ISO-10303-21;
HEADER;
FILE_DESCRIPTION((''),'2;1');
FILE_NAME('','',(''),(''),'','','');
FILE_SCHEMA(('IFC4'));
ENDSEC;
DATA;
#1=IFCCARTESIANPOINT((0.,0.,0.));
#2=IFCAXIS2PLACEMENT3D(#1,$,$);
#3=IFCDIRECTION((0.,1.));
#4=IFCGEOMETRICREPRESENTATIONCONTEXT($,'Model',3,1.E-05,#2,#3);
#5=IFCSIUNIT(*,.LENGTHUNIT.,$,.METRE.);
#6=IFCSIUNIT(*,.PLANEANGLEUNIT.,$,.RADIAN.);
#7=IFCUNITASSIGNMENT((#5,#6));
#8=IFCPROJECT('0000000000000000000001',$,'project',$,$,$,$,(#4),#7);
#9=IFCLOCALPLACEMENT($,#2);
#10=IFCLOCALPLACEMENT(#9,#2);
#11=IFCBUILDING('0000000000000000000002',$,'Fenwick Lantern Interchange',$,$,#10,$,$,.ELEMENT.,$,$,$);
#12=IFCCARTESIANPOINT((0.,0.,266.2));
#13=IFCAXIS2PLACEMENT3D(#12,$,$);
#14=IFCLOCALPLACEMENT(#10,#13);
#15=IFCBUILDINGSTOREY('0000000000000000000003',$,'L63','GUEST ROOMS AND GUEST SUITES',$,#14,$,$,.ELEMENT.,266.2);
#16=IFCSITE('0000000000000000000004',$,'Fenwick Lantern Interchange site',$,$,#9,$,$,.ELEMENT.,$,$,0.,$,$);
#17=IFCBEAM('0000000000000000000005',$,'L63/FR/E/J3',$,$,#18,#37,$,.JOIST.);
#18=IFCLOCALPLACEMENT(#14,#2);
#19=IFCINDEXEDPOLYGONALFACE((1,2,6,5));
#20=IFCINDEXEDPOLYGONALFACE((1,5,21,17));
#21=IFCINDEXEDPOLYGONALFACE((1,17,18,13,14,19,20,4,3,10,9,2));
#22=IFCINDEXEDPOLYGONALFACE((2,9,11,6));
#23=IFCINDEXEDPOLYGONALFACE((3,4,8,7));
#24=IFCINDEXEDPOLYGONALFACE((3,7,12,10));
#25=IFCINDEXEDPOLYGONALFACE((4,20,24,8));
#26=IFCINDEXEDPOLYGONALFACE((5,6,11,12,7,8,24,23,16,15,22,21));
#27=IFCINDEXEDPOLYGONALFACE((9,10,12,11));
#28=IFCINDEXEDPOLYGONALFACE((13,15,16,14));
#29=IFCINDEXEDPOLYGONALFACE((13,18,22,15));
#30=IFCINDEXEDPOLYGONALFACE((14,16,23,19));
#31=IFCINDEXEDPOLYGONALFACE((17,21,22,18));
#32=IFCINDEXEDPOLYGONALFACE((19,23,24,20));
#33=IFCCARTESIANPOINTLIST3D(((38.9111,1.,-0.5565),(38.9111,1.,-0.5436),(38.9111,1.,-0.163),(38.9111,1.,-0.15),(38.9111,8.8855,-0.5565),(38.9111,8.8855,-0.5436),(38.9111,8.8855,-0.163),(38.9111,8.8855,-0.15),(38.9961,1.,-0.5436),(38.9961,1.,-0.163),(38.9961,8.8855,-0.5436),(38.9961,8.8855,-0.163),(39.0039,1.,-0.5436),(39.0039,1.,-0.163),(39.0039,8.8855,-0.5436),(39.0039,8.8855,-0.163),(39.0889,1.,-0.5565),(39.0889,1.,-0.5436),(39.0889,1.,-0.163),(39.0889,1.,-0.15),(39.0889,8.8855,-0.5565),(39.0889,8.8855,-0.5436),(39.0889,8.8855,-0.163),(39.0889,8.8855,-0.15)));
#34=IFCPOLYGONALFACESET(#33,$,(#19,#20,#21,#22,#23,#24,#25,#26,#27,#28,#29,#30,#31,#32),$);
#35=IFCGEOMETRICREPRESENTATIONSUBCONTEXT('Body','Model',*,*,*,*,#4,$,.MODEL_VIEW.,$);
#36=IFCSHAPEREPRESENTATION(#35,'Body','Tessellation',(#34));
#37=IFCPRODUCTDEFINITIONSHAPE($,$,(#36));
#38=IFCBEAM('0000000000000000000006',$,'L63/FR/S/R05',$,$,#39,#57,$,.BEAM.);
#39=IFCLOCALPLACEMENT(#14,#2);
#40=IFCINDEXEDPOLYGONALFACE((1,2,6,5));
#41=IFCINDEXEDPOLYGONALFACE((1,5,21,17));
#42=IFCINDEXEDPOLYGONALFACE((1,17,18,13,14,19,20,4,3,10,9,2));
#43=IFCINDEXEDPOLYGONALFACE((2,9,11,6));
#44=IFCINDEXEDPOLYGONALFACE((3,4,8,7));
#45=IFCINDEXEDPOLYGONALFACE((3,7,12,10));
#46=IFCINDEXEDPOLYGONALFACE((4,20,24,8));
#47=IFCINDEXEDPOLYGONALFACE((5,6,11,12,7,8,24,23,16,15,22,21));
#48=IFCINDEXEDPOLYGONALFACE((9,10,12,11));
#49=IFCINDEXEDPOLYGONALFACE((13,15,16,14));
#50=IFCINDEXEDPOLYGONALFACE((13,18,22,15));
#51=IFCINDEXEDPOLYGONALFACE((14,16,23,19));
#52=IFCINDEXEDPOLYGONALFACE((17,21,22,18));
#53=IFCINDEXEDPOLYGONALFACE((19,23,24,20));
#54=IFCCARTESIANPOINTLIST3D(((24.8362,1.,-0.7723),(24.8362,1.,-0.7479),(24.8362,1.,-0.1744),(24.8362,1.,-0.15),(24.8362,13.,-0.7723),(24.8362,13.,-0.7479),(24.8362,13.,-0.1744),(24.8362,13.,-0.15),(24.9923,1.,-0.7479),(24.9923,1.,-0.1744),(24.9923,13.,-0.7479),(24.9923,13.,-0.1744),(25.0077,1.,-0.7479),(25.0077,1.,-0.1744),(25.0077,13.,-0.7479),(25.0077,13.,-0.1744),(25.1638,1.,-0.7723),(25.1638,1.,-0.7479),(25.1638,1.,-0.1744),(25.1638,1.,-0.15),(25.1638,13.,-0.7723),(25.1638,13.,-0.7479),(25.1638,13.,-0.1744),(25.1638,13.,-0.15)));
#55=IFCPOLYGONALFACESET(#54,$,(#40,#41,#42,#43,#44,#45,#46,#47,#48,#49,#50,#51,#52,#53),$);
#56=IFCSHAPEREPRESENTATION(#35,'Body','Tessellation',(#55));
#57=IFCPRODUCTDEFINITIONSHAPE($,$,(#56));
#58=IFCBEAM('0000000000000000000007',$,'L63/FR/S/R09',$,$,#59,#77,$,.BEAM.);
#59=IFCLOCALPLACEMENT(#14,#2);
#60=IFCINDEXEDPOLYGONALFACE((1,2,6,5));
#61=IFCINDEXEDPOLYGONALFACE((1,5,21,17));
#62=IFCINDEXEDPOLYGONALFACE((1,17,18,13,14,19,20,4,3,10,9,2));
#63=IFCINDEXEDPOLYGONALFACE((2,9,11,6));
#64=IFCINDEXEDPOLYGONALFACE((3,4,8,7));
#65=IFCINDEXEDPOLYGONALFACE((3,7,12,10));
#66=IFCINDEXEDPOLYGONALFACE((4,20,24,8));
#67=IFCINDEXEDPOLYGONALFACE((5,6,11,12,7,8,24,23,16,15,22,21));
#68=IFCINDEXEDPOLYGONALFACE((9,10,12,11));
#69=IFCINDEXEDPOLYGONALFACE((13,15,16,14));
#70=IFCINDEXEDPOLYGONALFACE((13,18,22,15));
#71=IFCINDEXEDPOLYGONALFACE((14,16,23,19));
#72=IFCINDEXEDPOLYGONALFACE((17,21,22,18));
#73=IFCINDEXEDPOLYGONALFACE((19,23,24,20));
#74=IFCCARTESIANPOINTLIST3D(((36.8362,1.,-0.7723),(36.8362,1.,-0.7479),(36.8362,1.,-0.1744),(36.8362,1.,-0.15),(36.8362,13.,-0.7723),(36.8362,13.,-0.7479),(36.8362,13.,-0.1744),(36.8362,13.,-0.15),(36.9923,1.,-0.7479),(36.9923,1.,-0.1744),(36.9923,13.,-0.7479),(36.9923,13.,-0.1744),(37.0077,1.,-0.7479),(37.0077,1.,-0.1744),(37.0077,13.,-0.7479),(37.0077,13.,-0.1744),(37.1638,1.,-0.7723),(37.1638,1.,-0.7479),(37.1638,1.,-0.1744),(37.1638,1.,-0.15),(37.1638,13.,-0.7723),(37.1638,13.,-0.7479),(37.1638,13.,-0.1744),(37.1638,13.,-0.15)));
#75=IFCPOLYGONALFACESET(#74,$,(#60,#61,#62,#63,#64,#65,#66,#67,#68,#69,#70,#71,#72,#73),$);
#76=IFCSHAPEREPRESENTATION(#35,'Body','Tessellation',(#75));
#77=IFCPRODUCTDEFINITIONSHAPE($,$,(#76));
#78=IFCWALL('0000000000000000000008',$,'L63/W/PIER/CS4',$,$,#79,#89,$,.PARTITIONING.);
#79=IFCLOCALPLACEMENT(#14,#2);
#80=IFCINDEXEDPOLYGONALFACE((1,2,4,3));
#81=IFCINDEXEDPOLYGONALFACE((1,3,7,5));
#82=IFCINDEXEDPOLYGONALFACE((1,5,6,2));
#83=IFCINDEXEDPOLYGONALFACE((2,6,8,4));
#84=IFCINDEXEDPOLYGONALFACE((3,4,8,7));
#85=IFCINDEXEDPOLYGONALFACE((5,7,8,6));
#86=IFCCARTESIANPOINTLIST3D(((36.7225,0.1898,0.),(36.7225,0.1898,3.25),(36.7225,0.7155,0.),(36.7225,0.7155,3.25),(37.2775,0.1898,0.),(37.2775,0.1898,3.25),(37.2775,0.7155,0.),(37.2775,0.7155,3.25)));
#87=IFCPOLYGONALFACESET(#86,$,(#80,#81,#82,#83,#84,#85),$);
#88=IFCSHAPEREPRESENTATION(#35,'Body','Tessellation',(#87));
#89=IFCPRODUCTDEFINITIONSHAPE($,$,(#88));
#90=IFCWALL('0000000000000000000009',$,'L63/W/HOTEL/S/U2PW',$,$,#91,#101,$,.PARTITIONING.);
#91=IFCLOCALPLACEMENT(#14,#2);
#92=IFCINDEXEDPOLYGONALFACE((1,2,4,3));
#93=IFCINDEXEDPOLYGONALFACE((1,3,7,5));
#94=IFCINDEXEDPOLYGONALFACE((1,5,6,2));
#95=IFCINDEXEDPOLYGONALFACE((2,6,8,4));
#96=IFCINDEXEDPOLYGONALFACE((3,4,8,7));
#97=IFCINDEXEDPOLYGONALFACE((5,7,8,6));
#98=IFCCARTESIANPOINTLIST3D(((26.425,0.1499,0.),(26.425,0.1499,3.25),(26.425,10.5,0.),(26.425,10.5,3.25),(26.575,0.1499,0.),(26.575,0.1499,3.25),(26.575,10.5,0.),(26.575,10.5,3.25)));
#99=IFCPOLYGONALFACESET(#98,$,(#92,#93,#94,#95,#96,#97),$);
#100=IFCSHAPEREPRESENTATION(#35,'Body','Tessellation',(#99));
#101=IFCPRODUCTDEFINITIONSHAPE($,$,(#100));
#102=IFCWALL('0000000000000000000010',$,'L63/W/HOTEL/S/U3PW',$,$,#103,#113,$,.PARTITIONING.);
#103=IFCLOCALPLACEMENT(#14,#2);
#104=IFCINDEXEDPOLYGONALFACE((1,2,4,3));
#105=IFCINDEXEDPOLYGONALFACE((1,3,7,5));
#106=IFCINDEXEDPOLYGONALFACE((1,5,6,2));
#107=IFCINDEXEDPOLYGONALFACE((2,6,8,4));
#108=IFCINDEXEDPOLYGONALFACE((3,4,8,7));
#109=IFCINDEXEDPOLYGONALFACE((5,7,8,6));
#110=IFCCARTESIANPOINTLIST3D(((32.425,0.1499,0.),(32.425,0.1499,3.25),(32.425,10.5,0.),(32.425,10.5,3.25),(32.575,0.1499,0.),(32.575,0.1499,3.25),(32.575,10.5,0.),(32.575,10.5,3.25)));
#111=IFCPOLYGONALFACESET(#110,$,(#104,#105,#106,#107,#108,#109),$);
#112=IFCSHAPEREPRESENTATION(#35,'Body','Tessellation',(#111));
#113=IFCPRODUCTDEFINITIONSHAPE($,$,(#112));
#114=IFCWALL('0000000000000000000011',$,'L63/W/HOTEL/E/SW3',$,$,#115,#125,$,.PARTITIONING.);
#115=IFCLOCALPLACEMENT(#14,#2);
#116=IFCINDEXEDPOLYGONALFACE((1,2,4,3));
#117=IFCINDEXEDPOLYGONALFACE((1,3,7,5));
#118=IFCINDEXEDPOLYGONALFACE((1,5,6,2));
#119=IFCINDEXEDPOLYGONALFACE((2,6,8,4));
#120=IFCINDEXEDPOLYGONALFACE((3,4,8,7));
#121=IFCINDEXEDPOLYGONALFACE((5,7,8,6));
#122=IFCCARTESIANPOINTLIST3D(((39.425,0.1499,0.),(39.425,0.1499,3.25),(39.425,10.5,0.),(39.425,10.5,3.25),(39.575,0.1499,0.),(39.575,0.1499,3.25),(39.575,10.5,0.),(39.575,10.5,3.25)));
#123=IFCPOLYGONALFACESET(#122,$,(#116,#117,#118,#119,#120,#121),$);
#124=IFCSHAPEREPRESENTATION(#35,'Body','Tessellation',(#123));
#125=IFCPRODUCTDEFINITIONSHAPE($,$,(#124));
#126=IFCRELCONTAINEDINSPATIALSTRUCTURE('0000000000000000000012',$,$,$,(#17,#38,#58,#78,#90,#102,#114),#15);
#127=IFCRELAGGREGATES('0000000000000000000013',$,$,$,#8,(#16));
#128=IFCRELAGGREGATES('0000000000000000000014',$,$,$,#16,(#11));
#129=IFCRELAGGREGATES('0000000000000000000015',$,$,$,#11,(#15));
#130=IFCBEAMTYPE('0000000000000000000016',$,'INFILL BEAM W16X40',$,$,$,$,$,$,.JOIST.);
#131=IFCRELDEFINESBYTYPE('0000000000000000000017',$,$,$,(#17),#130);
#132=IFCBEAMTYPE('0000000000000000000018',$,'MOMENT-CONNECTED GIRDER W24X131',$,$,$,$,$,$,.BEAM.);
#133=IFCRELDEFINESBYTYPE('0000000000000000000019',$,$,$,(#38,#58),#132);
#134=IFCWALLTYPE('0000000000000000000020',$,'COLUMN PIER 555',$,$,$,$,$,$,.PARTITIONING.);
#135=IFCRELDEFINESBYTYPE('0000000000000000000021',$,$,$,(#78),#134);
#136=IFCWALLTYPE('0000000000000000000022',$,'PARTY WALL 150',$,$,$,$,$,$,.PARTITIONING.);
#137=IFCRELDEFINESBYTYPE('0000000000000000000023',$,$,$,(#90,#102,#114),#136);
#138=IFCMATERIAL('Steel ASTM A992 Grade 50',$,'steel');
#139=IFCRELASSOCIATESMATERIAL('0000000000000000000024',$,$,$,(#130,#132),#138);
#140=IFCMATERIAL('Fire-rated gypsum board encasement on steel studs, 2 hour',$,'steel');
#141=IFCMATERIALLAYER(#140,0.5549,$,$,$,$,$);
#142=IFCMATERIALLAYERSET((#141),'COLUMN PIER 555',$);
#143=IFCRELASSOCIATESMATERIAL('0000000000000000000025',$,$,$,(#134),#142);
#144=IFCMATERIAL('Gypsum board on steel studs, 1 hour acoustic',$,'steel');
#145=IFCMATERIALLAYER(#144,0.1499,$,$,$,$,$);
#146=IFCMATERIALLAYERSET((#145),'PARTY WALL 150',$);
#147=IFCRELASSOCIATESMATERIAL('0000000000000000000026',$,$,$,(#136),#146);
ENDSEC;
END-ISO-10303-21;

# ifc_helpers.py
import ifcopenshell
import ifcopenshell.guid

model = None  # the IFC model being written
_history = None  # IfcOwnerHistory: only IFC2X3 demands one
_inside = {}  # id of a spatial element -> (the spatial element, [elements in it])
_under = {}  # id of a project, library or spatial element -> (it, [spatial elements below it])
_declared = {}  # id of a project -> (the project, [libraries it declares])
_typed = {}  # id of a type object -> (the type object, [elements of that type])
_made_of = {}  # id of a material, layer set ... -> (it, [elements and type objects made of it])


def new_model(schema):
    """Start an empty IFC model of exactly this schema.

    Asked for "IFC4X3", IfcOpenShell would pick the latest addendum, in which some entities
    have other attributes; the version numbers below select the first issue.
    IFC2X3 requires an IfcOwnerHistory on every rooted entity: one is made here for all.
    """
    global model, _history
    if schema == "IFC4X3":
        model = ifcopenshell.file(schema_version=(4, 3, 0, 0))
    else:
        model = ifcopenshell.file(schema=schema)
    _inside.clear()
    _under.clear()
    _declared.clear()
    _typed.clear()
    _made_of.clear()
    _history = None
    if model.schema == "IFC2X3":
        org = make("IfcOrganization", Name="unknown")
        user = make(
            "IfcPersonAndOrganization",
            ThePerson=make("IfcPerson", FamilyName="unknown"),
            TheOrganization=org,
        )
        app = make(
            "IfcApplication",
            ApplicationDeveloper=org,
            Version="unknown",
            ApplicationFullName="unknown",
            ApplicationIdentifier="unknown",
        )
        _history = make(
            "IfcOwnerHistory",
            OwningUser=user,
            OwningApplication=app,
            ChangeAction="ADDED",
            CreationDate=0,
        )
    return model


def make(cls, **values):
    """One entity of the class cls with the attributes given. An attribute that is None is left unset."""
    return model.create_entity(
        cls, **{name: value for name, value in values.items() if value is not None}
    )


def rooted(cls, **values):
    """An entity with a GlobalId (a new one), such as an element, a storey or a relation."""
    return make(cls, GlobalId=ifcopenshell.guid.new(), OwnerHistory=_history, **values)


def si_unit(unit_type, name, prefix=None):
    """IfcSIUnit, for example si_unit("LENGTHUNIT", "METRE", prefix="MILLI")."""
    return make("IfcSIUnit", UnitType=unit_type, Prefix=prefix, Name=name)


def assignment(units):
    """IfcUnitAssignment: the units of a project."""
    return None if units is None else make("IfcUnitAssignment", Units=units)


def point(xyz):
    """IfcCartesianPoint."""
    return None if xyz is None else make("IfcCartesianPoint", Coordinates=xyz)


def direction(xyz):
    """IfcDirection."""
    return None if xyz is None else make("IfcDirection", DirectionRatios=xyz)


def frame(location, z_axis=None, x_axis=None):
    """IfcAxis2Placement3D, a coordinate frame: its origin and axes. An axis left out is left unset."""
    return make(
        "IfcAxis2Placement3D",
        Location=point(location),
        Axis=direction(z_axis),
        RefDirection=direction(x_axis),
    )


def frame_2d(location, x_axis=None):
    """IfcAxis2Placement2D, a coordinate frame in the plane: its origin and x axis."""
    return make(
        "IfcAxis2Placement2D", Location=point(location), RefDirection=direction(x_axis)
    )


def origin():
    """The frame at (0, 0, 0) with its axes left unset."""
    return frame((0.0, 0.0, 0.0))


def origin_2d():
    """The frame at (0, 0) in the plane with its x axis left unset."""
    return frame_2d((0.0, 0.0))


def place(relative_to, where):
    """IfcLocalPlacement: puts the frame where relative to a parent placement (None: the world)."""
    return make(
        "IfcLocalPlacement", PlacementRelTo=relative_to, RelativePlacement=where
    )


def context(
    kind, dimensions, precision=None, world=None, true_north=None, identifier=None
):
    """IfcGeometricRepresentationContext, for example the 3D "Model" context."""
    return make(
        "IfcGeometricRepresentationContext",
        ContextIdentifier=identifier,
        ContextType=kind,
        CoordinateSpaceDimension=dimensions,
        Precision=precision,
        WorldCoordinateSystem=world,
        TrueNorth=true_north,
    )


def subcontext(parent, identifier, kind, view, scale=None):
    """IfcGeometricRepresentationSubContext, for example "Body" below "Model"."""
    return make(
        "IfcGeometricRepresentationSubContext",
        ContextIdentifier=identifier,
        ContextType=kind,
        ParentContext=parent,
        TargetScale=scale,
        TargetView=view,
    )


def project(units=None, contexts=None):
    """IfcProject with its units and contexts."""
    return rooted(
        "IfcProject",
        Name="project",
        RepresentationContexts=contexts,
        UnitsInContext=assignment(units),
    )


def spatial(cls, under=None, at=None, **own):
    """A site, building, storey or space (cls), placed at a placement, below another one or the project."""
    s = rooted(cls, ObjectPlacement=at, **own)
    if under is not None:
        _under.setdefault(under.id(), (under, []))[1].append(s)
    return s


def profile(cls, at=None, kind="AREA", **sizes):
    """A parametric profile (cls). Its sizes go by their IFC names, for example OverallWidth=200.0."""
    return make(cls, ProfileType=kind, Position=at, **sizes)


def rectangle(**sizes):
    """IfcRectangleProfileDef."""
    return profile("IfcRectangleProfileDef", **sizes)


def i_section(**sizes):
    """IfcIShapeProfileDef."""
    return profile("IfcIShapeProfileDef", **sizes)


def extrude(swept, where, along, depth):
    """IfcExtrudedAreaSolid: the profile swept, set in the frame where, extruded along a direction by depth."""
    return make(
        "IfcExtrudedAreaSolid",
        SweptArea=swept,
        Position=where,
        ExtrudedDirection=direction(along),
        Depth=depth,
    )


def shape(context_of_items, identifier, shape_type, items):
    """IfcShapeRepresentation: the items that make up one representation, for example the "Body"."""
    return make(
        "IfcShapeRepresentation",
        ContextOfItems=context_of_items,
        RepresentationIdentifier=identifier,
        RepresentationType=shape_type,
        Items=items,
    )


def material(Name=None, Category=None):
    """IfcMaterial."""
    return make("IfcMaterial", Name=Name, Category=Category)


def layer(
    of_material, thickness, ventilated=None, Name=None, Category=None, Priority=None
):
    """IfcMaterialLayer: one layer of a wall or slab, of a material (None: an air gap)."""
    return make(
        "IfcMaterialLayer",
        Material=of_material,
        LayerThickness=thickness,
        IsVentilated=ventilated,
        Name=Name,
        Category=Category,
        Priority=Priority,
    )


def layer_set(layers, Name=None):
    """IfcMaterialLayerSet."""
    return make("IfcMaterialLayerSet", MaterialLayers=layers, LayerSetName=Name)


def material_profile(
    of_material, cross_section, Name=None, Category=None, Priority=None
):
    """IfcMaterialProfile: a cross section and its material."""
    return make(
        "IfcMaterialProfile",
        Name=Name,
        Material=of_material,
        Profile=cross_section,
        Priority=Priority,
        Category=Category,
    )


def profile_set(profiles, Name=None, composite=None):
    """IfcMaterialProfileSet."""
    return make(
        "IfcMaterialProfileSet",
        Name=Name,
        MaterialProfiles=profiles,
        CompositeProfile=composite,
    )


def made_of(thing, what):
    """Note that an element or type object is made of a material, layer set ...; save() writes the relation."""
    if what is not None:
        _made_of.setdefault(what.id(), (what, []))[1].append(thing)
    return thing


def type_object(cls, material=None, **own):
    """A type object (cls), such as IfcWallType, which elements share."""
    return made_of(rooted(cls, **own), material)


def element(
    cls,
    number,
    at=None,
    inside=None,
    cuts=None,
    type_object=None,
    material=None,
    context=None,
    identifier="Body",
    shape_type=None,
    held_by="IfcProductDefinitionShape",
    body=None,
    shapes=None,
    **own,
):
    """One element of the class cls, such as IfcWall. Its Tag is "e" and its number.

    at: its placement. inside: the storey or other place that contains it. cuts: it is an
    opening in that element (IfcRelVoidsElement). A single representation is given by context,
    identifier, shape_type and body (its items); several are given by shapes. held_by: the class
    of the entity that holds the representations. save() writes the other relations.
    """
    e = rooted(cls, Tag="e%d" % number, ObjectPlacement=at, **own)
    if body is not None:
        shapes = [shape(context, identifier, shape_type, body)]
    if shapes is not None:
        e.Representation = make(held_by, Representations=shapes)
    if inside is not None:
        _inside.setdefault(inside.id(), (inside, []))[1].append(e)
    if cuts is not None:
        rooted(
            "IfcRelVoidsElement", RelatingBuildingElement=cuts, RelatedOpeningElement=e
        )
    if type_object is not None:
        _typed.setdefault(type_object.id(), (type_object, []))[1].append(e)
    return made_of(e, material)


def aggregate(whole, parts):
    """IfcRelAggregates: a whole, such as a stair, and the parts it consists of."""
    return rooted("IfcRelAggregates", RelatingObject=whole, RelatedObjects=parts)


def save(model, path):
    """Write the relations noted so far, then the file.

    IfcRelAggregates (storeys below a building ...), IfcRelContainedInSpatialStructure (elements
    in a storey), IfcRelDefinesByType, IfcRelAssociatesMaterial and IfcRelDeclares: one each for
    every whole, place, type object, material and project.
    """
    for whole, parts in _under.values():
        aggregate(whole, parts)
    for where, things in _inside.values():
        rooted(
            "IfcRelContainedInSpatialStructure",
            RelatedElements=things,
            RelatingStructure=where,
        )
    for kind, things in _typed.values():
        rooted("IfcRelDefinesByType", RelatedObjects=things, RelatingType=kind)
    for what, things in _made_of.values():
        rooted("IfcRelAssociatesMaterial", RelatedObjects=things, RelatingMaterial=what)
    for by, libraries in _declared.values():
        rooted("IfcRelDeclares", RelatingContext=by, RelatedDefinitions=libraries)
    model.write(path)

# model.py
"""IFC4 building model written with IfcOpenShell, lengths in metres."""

from ifc_helpers import new_model, si_unit, direction, frame, frame_2d, origin, origin_2d, place, context, subcontext, project, spatial, rectangle, i_section, extrude, material, layer, layer_set, material_profile, profile_set, type_object, element, save


model = new_model("IFC4")

# Units and contexts
model_context = context("Model", 3, precision=1e-05, world=origin(), true_north=direction((0.0, 1.0)))
body_context = subcontext(model_context, "Body", "Model", "MODEL_VIEW")
ifc_project = project(units=[si_unit("LENGTHUNIT", "METRE"), si_unit("PLANEANGLEUNIT", "RADIAN")], contexts=[model_context])

# Site, building, storey
site_placement = place(None, origin())
site = spatial("IfcSite", under=ifc_project, at=site_placement, Name="Fenwick Lantern Interchange site", CompositionType="ELEMENT", RefElevation=0.0)
building_placement = place(site_placement, origin())
building = spatial("IfcBuilding", under=site, at=building_placement, Name="Fenwick Lantern Interchange", CompositionType="ELEMENT")
storey_placement = place(building_placement, frame((0.0, 0.0, 266.2)))
storey = spatial("IfcBuildingStorey", under=building, at=storey_placement, Name="L63", Description="GUEST ROOMS AND GUEST SUITES", CompositionType="ELEMENT", Elevation=266.2)

# Shared definitions
ifc_material_1 = material(Name="Steel ASTM A992 Grade 50", Category="steel")

# Beams
ifc_material_profile_1 = material_profile(ifc_material_1, i_section(OverallWidth=0.1777, OverallDepth=0.4065, WebThickness=0.0078, FlangeThickness=0.0129, at=origin_2d()), Name="W16X40")
ifc_profile_set_1 = profile_set([ifc_material_profile_1], Name="Steel ASTM A992 Grade 50")
beam_type_1 = type_object("IfcBeamType", Name="INFILL BEAM W16X40", PredefinedType="JOIST", material=ifc_profile_set_1)
beam_1_placement = place(storey_placement, frame((39.0, 1.0, -0.3533), z_axis=(0.0, 1.0, 0.0), x_axis=(-1.0, 0.0, 0.0)))
element("IfcBeam", 1, at=beam_1_placement, inside=storey, type_object=beam_type_1, Name="L63/FR/E/J3", PredefinedType="JOIST", context=body_context, shape_type="SweptSolid", body=[
    extrude(i_section(OverallWidth=0.1777, OverallDepth=0.4065, WebThickness=0.0078, FlangeThickness=0.0129, at=origin_2d()), origin(), (0.0, 0.0, 1.0), 7.8855),
])
ifc_material_profile_2 = material_profile(ifc_material_1, i_section(OverallWidth=0.3276, OverallDepth=0.6223, WebThickness=0.0154, FlangeThickness=0.0244, at=origin_2d()), Name="W24X131")
ifc_profile_set_2 = profile_set([ifc_material_profile_2], Name="Steel ASTM A992 Grade 50")
beam_type_2 = type_object("IfcBeamType", Name="MOMENT-CONNECTED GIRDER W24X131", PredefinedType="BEAM", material=ifc_profile_set_2)
for number, where, z_axis, x_axis, name in (
    (2, (25.0, 1.0, -0.4612), (0.0, 1.0, 0.0), (-1.0, 0.0, 0.0), "L63/FR/S/R05"),
    (3, (37.0, 1.0, -0.4612), (0.0, 1.0, 0.0), (-1.0, 0.0, 0.0), "L63/FR/S/R09"),
):
    element("IfcBeam", number, at=place(storey_placement, frame(where, z_axis=z_axis, x_axis=x_axis)), inside=storey, type_object=beam_type_2, Name=name, PredefinedType="BEAM", context=body_context, shape_type="SweptSolid", body=[
        extrude(i_section(OverallWidth=0.3276, OverallDepth=0.6223, WebThickness=0.0154, FlangeThickness=0.0244, at=origin_2d()), origin(), (0.0, 0.0, 1.0), 12.0),
    ])

# Walls
ifc_material_2 = material(Name="Fire-rated gypsum board encasement on steel studs, 2 hour", Category="steel")
ifc_layer_1 = layer(ifc_material_2, 0.5549)
ifc_layer_set_1 = layer_set([ifc_layer_1], Name="COLUMN PIER 555")
wall_type_1 = type_object("IfcWallType", Name="COLUMN PIER 555", PredefinedType="PARTITIONING", material=ifc_layer_set_1)
wall_placement = place(storey_placement, frame((37.0, 0.1899, 0.0), z_axis=(0.0, 0.0, 1.0), x_axis=(0.0, 1.0, 0.0)))
element("IfcWall", 4, at=wall_placement, inside=storey, type_object=wall_type_1, Name="L63/W/PIER/CS4", PredefinedType="PARTITIONING", context=body_context, shape_type="SweptSolid", body=[
    extrude(rectangle(XDim=0.5256, YDim=0.5549, at=frame_2d((0.2627, 0.0))), origin(), (0.0, 0.0, 1.0), 3.25),
])
ifc_material_3 = material(Name="Gypsum board on steel studs, 1 hour acoustic", Category="steel")
ifc_layer_2 = layer(ifc_material_3, 0.1499)
ifc_layer_set_2 = layer_set([ifc_layer_2], Name="PARTY WALL 150")
wall_type_2 = type_object("IfcWallType", Name="PARTY WALL 150", PredefinedType="PARTITIONING", material=ifc_layer_set_2)
for number, where, z_axis, x_axis, name in (
    (5, (26.5, 0.1499, 0.0), (0.0, 0.0, 1.0), (0.0, 1.0, 0.0), "L63/W/HOTEL/S/U2PW"),
    (6, (32.5, 0.1499, 0.0), (0.0, 0.0, 1.0), (0.0, 1.0, 0.0), "L63/W/HOTEL/S/U3PW"),
    (7, (39.5, 0.1499, 0.0), (0.0, 0.0, 1.0), (0.0, 1.0, 0.0), "L63/W/HOTEL/E/SW3"),
):
    element("IfcWall", number, at=place(storey_placement, frame(where, z_axis=z_axis, x_axis=x_axis)), inside=storey, type_object=wall_type_2, Name=name, PredefinedType="PARTITIONING", context=body_context, shape_type="SweptSolid", body=[
        extrude(rectangle(XDim=10.3501, YDim=0.1499, at=frame_2d((5.175, 0.0))), origin(), (0.0, 0.0, 1.0), 3.25),
    ])

save(model, "model.ifc")
